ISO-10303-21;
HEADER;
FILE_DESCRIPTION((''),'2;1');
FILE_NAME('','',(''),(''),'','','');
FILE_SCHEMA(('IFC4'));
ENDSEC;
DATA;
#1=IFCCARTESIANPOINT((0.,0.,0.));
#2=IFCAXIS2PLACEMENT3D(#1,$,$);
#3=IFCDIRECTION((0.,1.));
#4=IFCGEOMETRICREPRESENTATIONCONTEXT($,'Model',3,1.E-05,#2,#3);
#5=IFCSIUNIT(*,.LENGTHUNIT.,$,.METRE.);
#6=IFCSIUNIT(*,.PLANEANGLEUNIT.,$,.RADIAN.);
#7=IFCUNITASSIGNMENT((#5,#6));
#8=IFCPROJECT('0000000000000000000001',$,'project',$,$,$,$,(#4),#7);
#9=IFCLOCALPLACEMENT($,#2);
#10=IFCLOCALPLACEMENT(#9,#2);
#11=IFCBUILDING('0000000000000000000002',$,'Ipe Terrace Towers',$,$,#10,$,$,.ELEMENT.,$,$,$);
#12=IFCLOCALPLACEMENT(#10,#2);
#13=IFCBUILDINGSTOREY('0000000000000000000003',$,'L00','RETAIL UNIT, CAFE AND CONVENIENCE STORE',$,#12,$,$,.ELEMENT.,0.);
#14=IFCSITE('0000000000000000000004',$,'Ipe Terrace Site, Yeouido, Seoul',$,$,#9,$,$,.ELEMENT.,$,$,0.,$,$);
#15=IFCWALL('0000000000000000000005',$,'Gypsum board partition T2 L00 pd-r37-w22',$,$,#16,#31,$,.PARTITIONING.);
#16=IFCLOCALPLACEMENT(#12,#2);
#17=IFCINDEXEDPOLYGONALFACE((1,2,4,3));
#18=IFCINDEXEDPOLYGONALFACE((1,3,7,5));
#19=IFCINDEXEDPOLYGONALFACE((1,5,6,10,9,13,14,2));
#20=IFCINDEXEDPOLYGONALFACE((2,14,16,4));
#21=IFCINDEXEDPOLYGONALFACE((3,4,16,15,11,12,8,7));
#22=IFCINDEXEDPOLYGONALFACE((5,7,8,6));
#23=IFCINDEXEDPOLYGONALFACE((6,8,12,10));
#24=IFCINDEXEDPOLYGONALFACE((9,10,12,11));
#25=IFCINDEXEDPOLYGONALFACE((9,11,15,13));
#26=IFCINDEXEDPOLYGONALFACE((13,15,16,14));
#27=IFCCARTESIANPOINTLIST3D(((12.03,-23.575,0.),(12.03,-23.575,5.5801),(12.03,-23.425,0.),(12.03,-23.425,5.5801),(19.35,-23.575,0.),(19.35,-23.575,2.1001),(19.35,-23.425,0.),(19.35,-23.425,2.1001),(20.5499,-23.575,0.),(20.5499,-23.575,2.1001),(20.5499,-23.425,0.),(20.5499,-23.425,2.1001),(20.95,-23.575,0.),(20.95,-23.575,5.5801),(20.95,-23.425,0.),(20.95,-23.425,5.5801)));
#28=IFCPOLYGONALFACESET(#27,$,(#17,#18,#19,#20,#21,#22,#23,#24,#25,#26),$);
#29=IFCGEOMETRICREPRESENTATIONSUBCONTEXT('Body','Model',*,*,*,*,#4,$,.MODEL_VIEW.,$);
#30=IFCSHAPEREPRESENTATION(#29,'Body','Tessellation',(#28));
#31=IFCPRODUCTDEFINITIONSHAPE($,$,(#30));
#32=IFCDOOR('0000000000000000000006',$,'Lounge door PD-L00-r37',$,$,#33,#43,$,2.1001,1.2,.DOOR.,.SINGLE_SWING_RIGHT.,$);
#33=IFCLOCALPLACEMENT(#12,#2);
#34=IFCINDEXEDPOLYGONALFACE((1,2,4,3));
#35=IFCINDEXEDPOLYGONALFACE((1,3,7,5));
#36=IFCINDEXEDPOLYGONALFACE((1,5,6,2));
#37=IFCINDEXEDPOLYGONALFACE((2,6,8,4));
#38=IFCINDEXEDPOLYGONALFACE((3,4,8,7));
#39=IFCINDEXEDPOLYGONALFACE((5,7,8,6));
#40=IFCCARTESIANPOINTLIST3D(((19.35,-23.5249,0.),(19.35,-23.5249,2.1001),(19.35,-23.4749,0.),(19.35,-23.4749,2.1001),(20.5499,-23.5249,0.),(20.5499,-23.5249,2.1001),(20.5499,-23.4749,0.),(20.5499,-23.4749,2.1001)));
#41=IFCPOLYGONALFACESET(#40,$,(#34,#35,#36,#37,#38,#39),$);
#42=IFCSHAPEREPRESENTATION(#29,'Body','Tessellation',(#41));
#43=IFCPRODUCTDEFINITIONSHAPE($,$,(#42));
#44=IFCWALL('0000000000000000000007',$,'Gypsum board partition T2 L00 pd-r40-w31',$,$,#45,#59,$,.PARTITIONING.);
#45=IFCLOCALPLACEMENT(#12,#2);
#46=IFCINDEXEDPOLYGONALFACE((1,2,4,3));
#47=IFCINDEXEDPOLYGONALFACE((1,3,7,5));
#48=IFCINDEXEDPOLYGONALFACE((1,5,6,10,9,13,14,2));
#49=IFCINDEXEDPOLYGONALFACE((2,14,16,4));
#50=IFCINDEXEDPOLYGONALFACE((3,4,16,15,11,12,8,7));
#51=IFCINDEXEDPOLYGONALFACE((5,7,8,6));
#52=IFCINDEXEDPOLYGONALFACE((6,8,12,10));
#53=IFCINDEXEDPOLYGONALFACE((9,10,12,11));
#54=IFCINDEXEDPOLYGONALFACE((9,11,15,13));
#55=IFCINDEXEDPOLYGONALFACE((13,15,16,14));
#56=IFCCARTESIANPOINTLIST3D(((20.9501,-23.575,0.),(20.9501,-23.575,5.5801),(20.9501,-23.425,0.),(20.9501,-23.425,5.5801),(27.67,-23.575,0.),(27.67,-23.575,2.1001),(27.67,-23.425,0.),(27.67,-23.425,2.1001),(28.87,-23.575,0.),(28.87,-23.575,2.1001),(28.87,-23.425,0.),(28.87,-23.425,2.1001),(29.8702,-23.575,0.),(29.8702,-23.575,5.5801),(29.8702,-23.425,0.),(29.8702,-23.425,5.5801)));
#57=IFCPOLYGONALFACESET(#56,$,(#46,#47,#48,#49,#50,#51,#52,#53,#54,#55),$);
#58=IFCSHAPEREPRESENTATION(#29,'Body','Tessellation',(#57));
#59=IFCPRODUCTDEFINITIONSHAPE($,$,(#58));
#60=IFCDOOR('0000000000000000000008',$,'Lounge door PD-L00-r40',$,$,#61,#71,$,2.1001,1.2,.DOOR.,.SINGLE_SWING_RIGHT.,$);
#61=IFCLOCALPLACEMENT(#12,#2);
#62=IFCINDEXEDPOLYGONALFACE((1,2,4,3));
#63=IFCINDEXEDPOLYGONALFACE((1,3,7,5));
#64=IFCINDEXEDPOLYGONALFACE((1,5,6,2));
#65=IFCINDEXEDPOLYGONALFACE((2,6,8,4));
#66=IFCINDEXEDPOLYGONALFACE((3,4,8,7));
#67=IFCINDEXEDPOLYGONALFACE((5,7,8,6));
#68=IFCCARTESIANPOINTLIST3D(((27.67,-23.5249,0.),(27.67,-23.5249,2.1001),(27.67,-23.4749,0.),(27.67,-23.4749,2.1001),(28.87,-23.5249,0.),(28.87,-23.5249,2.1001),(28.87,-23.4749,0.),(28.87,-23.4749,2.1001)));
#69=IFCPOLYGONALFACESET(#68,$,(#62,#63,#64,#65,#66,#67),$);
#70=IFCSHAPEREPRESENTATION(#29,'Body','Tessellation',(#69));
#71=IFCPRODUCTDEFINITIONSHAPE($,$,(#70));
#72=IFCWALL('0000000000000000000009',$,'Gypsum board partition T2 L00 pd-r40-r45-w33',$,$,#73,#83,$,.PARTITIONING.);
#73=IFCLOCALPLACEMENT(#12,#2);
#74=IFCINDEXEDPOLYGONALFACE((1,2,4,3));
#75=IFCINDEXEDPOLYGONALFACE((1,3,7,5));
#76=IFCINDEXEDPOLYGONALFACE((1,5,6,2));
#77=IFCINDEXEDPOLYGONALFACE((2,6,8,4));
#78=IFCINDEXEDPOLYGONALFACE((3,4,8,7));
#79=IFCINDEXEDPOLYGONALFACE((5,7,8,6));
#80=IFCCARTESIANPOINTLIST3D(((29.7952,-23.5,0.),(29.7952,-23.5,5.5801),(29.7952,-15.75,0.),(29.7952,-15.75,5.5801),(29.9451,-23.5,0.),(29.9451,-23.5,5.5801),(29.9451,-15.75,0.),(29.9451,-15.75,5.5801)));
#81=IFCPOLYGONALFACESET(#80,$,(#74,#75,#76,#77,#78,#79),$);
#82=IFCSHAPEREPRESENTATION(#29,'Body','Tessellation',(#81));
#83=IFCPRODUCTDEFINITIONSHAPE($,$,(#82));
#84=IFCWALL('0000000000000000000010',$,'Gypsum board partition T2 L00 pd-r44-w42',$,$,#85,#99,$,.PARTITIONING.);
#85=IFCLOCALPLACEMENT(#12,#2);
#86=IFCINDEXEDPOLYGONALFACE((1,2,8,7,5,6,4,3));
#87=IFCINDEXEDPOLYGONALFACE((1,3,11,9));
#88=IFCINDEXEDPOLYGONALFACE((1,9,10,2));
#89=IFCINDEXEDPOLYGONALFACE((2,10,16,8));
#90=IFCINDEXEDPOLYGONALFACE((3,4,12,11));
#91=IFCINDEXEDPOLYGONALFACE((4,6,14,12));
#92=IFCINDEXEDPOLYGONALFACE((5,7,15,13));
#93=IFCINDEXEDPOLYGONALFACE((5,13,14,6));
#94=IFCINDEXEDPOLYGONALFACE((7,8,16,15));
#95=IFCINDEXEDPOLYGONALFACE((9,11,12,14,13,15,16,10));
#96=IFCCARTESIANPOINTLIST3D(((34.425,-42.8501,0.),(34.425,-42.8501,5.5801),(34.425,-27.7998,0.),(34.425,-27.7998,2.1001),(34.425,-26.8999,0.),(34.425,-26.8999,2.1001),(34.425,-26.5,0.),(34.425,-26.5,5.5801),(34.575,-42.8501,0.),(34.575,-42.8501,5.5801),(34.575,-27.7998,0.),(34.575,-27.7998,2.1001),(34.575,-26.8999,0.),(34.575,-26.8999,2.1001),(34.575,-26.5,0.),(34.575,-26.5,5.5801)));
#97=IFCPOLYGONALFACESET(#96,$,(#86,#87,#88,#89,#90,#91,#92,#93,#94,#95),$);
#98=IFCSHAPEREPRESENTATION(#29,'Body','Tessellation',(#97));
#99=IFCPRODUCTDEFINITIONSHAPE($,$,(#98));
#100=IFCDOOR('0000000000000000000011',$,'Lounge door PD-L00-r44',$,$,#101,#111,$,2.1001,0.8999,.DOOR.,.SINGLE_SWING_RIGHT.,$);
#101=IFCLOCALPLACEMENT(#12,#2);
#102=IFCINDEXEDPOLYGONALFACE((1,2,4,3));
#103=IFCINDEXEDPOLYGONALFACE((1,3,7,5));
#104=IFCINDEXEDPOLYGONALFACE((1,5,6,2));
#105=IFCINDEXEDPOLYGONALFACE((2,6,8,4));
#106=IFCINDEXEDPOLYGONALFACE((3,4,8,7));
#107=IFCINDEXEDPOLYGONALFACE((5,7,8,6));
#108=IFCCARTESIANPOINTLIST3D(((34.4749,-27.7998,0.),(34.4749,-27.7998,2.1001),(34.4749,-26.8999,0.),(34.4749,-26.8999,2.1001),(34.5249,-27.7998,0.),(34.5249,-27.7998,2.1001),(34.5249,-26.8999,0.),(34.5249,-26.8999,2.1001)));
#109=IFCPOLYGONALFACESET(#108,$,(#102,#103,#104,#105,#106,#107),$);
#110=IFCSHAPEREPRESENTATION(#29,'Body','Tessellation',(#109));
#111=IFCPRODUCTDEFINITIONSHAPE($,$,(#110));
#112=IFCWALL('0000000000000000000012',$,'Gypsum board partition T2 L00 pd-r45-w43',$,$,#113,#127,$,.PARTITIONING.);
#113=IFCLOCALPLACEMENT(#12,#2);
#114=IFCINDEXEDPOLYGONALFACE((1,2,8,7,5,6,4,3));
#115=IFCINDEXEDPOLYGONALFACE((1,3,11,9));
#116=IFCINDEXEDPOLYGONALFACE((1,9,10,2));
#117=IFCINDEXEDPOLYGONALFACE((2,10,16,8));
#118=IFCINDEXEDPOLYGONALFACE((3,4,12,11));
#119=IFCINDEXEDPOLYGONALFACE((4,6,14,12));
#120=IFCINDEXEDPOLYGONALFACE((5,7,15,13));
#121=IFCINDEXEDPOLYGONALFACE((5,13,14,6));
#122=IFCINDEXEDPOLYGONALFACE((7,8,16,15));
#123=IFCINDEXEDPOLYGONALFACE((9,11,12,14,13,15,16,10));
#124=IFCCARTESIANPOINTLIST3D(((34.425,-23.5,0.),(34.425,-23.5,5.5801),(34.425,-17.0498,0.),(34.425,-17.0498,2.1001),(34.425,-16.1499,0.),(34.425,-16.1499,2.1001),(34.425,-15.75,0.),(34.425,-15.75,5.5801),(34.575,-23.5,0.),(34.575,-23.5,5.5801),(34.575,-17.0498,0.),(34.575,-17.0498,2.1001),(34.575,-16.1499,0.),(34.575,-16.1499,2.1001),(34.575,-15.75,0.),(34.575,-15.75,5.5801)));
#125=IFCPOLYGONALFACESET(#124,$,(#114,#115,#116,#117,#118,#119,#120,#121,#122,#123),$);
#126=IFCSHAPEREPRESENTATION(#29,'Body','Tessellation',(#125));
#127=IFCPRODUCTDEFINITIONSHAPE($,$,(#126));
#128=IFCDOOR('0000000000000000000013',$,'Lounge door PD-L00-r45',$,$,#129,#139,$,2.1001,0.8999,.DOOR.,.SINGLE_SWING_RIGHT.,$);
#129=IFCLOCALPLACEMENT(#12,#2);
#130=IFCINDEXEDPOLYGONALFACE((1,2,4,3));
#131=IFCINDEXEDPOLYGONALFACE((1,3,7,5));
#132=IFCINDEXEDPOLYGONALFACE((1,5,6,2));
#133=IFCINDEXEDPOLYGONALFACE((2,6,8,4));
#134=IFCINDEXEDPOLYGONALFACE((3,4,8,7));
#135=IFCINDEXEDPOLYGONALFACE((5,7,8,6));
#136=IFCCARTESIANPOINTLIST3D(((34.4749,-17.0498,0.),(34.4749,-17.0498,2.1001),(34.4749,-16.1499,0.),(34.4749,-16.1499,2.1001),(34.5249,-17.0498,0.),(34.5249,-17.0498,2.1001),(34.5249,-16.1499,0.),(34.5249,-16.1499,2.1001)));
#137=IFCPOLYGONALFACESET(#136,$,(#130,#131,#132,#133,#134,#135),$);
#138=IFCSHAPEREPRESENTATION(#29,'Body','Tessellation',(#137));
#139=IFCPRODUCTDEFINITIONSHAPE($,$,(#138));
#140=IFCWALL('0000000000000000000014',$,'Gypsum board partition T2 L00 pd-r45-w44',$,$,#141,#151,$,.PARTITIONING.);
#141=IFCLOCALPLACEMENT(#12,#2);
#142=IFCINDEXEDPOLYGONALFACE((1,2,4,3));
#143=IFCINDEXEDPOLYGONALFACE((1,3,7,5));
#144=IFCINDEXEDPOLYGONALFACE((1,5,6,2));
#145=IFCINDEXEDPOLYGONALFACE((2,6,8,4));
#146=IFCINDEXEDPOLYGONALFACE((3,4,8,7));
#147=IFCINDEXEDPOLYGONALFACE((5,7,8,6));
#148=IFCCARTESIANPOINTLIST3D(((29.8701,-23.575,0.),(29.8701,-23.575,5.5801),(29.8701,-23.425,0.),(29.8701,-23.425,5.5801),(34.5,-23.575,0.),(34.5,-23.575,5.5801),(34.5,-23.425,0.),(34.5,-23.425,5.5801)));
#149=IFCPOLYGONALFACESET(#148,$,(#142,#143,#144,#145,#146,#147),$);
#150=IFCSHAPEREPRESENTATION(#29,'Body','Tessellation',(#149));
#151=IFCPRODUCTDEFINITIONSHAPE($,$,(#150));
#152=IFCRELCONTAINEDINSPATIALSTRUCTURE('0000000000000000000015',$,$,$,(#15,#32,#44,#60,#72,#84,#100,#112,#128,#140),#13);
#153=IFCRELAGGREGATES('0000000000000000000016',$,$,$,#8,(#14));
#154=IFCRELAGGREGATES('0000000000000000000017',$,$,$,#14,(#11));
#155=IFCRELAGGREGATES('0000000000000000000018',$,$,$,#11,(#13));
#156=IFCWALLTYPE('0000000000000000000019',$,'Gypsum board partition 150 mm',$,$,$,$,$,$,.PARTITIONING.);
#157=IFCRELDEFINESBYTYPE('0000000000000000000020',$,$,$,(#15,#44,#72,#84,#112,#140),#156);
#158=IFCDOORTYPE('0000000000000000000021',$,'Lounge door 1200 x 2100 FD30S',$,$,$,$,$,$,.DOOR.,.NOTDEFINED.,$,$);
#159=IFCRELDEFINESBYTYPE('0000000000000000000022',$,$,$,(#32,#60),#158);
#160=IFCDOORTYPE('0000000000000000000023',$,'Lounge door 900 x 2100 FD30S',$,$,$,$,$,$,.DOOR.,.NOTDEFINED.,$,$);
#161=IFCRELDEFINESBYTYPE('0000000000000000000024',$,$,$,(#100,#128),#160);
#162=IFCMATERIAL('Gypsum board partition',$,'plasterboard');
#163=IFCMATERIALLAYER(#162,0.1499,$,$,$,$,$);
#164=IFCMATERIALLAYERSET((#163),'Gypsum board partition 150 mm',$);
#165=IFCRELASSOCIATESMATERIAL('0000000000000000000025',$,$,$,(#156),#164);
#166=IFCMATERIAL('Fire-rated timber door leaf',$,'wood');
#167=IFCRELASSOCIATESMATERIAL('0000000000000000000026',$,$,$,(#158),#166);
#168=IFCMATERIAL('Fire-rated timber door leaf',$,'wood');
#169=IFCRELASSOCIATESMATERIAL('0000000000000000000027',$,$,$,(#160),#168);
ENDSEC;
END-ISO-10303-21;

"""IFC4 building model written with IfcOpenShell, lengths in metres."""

from ifc_helpers import new_model, si_unit, direction, frame, frame_2d, origin, place, context, subcontext, project, spatial, rectangle, extrude, material, layer, layer_set, type_object, element, fill, save


model = new_model("IFC4")

# Units and contexts
model_context = context("Model", 3, precision=1e-05, world=origin(), true_north=direction((0.0, 1.0)))
body_context = subcontext(model_context, "Body", "Model", "MODEL_VIEW")
ifc_project = project(units=[si_unit("LENGTHUNIT", "METRE"), si_unit("PLANEANGLEUNIT", "RADIAN")], contexts=[model_context])

# Site, building, storey
site_placement = place(None, origin())
site = spatial("IfcSite", under=ifc_project, at=site_placement, Name="Ipe Terrace Site, Yeouido, Seoul", CompositionType="ELEMENT", RefElevation=0.0)
building_placement = place(site_placement, origin())
building = spatial("IfcBuilding", under=site, at=building_placement, Name="Ipe Terrace Towers", CompositionType="ELEMENT")
storey_placement = place(building_placement, origin())
storey = spatial("IfcBuildingStorey", under=building, at=storey_placement, Name="L00", Description="RETAIL UNIT, CAFE AND CONVENIENCE STORE", CompositionType="ELEMENT", Elevation=0.0)

# Walls, openings, doors
ifc_material_1 = material(Name="Gypsum board partition", Category="plasterboard")
ifc_layer_1 = layer(ifc_material_1, 0.1499)
ifc_layer_set_1 = layer_set([ifc_layer_1], Name="Gypsum board partition 150 mm")
wall_type_1 = type_object("IfcWallType", Name="Gypsum board partition 150 mm", PredefinedType="PARTITIONING", material=ifc_layer_set_1)
wall_1_placement = place(storey_placement, frame((20.95, -23.5, 0.0), z_axis=(0.0, 0.0, 1.0), x_axis=(-1.0, 0.0, 0.0)))
wall_1 = element("IfcWall", 1, at=wall_1_placement, inside=storey, type_object=wall_type_1, Name="Gypsum board partition T2 L00 pd-r37-w22", PredefinedType="PARTITIONING", context=body_context, shape_type="SweptSolid", body=[
    extrude(rectangle(XDim=8.9199, YDim=0.1499, at=frame_2d((4.46, 0.0))), origin(), (0.0, 0.0, 1.0), 5.5801),
])
opening_1_placement = place(wall_1_placement, frame((0.3999, 0.0, 0.0)))
opening_1 = element("IfcOpeningElement", 2, at=opening_1_placement, cuts=wall_1, PredefinedType="OPENING", context=body_context, shape_type="SweptSolid", body=[
    extrude(rectangle(XDim=1.2, YDim=2.1001, at=frame_2d((0.6001, 1.05))), frame((0.0, 0.085, 0.0), z_axis=(0.0, -1.0, 0.0), x_axis=(1.0, 0.0, 0.0)), (0.0, 0.0, 1.0), 0.1699),
])
ifc_material_2 = material(Name="Fire-rated timber door leaf", Category="wood")
door_type_1 = type_object("IfcDoorType", Name="Lounge door 1200 x 2100 FD30S", OperationType="NOTDEFINED", PredefinedType="DOOR", material=ifc_material_2)
door_1_placement = place(opening_1_placement, origin())
door_1 = element("IfcDoor", 3, at=door_1_placement, inside=storey, type_object=door_type_1, Name="Lounge door PD-L00-r37", OperationType="SINGLE_SWING_RIGHT", OverallHeight=2.1001, OverallWidth=1.2, PredefinedType="DOOR", context=body_context, shape_type="SweptSolid", body=[
    extrude(rectangle(XDim=1.2, YDim=2.1001, at=frame_2d((0.6001, 1.05))), frame((0.0, 0.0249, 0.0), z_axis=(0.0, -1.0, 0.0), x_axis=(1.0, 0.0, 0.0)), (0.0, 0.0, 1.0), 0.05),
])
fill(opening_1, door_1)
wall_2_placement = place(storey_placement, frame((29.8701, -23.5, 0.0), z_axis=(0.0, 0.0, 1.0), x_axis=(-1.0, 0.0, 0.0)))
wall_2 = element("IfcWall", 4, at=wall_2_placement, inside=storey, type_object=wall_type_1, Name="Gypsum board partition T2 L00 pd-r40-w31", PredefinedType="PARTITIONING", context=body_context, shape_type="SweptSolid", body=[
    extrude(rectangle(XDim=8.9202, YDim=0.1499, at=frame_2d((4.46, 0.0))), origin(), (0.0, 0.0, 1.0), 5.5801),
])
opening_2_placement = place(wall_2_placement, frame((1.0, 0.0, 0.0)))
opening_2 = element("IfcOpeningElement", 5, at=opening_2_placement, cuts=wall_2, PredefinedType="OPENING", context=body_context, shape_type="SweptSolid", body=[
    extrude(rectangle(XDim=1.2, YDim=2.1001, at=frame_2d((0.6001, 1.05))), frame((0.0, 0.085, 0.0), z_axis=(0.0, -1.0, 0.0), x_axis=(1.0, 0.0, 0.0)), (0.0, 0.0, 1.0), 0.1699),
])
door_2_placement = place(opening_2_placement, origin())
door_2 = element("IfcDoor", 6, at=door_2_placement, inside=storey, type_object=door_type_1, Name="Lounge door PD-L00-r40", OperationType="SINGLE_SWING_RIGHT", OverallHeight=2.1001, OverallWidth=1.2, PredefinedType="DOOR", context=body_context, shape_type="SweptSolid", body=[
    extrude(rectangle(XDim=1.2, YDim=2.1001, at=frame_2d((0.6001, 1.05))), frame((0.0, 0.0249, 0.0), z_axis=(0.0, -1.0, 0.0), x_axis=(1.0, 0.0, 0.0)), (0.0, 0.0, 1.0), 0.05),
])
fill(opening_2, door_2)

# Wall
wall_3_placement = place(storey_placement, frame((29.8701, -15.75, 0.0), z_axis=(0.0, 0.0, 1.0), x_axis=(0.0, -1.0, 0.0)))
element("IfcWall", 7, at=wall_3_placement, inside=storey, type_object=wall_type_1, Name="Gypsum board partition T2 L00 pd-r40-r45-w33", PredefinedType="PARTITIONING", context=body_context, shape_type="SweptSolid", body=[
    extrude(rectangle(XDim=7.75, YDim=0.1499, at=frame_2d((3.875, 0.0))), origin(), (0.0, 0.0, 1.0), 5.5801),
])

# Walls, openings, doors
wall_4_placement = place(storey_placement, frame((34.5, -26.5, 0.0), z_axis=(0.0, 0.0, 1.0), x_axis=(0.0, -1.0, 0.0)))
wall_4 = element("IfcWall", 8, at=wall_4_placement, inside=storey, type_object=wall_type_1, Name="Gypsum board partition T2 L00 pd-r44-w42", PredefinedType="PARTITIONING", context=body_context, shape_type="SweptSolid", body=[
    extrude(rectangle(XDim=16.3501, YDim=0.1499, at=frame_2d((8.175, 0.0))), origin(), (0.0, 0.0, 1.0), 5.5801),
])
opening_3_placement = place(wall_4_placement, frame((0.3999, 0.0, 0.0)))
opening_3 = element("IfcOpeningElement", 9, at=opening_3_placement, cuts=wall_4, PredefinedType="OPENING", context=body_context, shape_type="SweptSolid", body=[
    extrude(rectangle(XDim=0.8999, YDim=2.1001, at=frame_2d((0.45, 1.05))), frame((0.0, 0.085, 0.0), z_axis=(0.0, -1.0, 0.0), x_axis=(1.0, 0.0, 0.0)), (0.0, 0.0, 1.0), 0.1699),
])
ifc_material_3 = material(Name="Fire-rated timber door leaf", Category="wood")
door_type_2 = type_object("IfcDoorType", Name="Lounge door 900 x 2100 FD30S", OperationType="NOTDEFINED", PredefinedType="DOOR", material=ifc_material_3)
door_3_placement = place(opening_3_placement, origin())
door_3 = element("IfcDoor", 10, at=door_3_placement, inside=storey, type_object=door_type_2, Name="Lounge door PD-L00-r44", OperationType="SINGLE_SWING_RIGHT", OverallHeight=2.1001, OverallWidth=0.8999, PredefinedType="DOOR", context=body_context, shape_type="SweptSolid", body=[
    extrude(rectangle(XDim=0.8999, YDim=2.1001, at=frame_2d((0.45, 1.05))), frame((0.0, 0.0249, 0.0), z_axis=(0.0, -1.0, 0.0), x_axis=(1.0, 0.0, 0.0)), (0.0, 0.0, 1.0), 0.05),
])
fill(opening_3, door_3)
wall_5_placement = place(storey_placement, frame((34.5, -15.75, 0.0), z_axis=(0.0, 0.0, 1.0), x_axis=(0.0, -1.0, 0.0)))
wall_5 = element("IfcWall", 11, at=wall_5_placement, inside=storey, type_object=wall_type_1, Name="Gypsum board partition T2 L00 pd-r45-w43", PredefinedType="PARTITIONING", context=body_context, shape_type="SweptSolid", body=[
    extrude(rectangle(XDim=7.75, YDim=0.1499, at=frame_2d((3.875, 0.0))), origin(), (0.0, 0.0, 1.0), 5.5801),
])
opening_4_placement = place(wall_5_placement, frame((0.3999, 0.0, 0.0)))
opening_4 = element("IfcOpeningElement", 12, at=opening_4_placement, cuts=wall_5, PredefinedType="OPENING", context=body_context, shape_type="SweptSolid", body=[
    extrude(rectangle(XDim=0.8999, YDim=2.1001, at=frame_2d((0.45, 1.05))), frame((0.0, 0.085, 0.0), z_axis=(0.0, -1.0, 0.0), x_axis=(1.0, 0.0, 0.0)), (0.0, 0.0, 1.0), 0.1699),
])
door_4_placement = place(opening_4_placement, origin())
door_4 = element("IfcDoor", 13, at=door_4_placement, inside=storey, type_object=door_type_2, Name="Lounge door PD-L00-r45", OperationType="SINGLE_SWING_RIGHT", OverallHeight=2.1001, OverallWidth=0.8999, PredefinedType="DOOR", context=body_context, shape_type="SweptSolid", body=[
    extrude(rectangle(XDim=0.8999, YDim=2.1001, at=frame_2d((0.45, 1.05))), frame((0.0, 0.0249, 0.0), z_axis=(0.0, -1.0, 0.0), x_axis=(1.0, 0.0, 0.0)), (0.0, 0.0, 1.0), 0.05),
])
fill(opening_4, door_4)

# Wall
wall_6_placement = place(storey_placement, frame((34.5, -23.5, 0.0), z_axis=(0.0, 0.0, 1.0), x_axis=(-1.0, 0.0, 0.0)))
element("IfcWall", 14, at=wall_6_placement, inside=storey, type_object=wall_type_1, Name="Gypsum board partition T2 L00 pd-r45-w44", PredefinedType="PARTITIONING", context=body_context, shape_type="SweptSolid", body=[
    extrude(rectangle(XDim=4.6299, YDim=0.1499, at=frame_2d((2.3149, 0.0))), origin(), (0.0, 0.0, 1.0), 5.5801),
])

save(model, "model.ifc")
